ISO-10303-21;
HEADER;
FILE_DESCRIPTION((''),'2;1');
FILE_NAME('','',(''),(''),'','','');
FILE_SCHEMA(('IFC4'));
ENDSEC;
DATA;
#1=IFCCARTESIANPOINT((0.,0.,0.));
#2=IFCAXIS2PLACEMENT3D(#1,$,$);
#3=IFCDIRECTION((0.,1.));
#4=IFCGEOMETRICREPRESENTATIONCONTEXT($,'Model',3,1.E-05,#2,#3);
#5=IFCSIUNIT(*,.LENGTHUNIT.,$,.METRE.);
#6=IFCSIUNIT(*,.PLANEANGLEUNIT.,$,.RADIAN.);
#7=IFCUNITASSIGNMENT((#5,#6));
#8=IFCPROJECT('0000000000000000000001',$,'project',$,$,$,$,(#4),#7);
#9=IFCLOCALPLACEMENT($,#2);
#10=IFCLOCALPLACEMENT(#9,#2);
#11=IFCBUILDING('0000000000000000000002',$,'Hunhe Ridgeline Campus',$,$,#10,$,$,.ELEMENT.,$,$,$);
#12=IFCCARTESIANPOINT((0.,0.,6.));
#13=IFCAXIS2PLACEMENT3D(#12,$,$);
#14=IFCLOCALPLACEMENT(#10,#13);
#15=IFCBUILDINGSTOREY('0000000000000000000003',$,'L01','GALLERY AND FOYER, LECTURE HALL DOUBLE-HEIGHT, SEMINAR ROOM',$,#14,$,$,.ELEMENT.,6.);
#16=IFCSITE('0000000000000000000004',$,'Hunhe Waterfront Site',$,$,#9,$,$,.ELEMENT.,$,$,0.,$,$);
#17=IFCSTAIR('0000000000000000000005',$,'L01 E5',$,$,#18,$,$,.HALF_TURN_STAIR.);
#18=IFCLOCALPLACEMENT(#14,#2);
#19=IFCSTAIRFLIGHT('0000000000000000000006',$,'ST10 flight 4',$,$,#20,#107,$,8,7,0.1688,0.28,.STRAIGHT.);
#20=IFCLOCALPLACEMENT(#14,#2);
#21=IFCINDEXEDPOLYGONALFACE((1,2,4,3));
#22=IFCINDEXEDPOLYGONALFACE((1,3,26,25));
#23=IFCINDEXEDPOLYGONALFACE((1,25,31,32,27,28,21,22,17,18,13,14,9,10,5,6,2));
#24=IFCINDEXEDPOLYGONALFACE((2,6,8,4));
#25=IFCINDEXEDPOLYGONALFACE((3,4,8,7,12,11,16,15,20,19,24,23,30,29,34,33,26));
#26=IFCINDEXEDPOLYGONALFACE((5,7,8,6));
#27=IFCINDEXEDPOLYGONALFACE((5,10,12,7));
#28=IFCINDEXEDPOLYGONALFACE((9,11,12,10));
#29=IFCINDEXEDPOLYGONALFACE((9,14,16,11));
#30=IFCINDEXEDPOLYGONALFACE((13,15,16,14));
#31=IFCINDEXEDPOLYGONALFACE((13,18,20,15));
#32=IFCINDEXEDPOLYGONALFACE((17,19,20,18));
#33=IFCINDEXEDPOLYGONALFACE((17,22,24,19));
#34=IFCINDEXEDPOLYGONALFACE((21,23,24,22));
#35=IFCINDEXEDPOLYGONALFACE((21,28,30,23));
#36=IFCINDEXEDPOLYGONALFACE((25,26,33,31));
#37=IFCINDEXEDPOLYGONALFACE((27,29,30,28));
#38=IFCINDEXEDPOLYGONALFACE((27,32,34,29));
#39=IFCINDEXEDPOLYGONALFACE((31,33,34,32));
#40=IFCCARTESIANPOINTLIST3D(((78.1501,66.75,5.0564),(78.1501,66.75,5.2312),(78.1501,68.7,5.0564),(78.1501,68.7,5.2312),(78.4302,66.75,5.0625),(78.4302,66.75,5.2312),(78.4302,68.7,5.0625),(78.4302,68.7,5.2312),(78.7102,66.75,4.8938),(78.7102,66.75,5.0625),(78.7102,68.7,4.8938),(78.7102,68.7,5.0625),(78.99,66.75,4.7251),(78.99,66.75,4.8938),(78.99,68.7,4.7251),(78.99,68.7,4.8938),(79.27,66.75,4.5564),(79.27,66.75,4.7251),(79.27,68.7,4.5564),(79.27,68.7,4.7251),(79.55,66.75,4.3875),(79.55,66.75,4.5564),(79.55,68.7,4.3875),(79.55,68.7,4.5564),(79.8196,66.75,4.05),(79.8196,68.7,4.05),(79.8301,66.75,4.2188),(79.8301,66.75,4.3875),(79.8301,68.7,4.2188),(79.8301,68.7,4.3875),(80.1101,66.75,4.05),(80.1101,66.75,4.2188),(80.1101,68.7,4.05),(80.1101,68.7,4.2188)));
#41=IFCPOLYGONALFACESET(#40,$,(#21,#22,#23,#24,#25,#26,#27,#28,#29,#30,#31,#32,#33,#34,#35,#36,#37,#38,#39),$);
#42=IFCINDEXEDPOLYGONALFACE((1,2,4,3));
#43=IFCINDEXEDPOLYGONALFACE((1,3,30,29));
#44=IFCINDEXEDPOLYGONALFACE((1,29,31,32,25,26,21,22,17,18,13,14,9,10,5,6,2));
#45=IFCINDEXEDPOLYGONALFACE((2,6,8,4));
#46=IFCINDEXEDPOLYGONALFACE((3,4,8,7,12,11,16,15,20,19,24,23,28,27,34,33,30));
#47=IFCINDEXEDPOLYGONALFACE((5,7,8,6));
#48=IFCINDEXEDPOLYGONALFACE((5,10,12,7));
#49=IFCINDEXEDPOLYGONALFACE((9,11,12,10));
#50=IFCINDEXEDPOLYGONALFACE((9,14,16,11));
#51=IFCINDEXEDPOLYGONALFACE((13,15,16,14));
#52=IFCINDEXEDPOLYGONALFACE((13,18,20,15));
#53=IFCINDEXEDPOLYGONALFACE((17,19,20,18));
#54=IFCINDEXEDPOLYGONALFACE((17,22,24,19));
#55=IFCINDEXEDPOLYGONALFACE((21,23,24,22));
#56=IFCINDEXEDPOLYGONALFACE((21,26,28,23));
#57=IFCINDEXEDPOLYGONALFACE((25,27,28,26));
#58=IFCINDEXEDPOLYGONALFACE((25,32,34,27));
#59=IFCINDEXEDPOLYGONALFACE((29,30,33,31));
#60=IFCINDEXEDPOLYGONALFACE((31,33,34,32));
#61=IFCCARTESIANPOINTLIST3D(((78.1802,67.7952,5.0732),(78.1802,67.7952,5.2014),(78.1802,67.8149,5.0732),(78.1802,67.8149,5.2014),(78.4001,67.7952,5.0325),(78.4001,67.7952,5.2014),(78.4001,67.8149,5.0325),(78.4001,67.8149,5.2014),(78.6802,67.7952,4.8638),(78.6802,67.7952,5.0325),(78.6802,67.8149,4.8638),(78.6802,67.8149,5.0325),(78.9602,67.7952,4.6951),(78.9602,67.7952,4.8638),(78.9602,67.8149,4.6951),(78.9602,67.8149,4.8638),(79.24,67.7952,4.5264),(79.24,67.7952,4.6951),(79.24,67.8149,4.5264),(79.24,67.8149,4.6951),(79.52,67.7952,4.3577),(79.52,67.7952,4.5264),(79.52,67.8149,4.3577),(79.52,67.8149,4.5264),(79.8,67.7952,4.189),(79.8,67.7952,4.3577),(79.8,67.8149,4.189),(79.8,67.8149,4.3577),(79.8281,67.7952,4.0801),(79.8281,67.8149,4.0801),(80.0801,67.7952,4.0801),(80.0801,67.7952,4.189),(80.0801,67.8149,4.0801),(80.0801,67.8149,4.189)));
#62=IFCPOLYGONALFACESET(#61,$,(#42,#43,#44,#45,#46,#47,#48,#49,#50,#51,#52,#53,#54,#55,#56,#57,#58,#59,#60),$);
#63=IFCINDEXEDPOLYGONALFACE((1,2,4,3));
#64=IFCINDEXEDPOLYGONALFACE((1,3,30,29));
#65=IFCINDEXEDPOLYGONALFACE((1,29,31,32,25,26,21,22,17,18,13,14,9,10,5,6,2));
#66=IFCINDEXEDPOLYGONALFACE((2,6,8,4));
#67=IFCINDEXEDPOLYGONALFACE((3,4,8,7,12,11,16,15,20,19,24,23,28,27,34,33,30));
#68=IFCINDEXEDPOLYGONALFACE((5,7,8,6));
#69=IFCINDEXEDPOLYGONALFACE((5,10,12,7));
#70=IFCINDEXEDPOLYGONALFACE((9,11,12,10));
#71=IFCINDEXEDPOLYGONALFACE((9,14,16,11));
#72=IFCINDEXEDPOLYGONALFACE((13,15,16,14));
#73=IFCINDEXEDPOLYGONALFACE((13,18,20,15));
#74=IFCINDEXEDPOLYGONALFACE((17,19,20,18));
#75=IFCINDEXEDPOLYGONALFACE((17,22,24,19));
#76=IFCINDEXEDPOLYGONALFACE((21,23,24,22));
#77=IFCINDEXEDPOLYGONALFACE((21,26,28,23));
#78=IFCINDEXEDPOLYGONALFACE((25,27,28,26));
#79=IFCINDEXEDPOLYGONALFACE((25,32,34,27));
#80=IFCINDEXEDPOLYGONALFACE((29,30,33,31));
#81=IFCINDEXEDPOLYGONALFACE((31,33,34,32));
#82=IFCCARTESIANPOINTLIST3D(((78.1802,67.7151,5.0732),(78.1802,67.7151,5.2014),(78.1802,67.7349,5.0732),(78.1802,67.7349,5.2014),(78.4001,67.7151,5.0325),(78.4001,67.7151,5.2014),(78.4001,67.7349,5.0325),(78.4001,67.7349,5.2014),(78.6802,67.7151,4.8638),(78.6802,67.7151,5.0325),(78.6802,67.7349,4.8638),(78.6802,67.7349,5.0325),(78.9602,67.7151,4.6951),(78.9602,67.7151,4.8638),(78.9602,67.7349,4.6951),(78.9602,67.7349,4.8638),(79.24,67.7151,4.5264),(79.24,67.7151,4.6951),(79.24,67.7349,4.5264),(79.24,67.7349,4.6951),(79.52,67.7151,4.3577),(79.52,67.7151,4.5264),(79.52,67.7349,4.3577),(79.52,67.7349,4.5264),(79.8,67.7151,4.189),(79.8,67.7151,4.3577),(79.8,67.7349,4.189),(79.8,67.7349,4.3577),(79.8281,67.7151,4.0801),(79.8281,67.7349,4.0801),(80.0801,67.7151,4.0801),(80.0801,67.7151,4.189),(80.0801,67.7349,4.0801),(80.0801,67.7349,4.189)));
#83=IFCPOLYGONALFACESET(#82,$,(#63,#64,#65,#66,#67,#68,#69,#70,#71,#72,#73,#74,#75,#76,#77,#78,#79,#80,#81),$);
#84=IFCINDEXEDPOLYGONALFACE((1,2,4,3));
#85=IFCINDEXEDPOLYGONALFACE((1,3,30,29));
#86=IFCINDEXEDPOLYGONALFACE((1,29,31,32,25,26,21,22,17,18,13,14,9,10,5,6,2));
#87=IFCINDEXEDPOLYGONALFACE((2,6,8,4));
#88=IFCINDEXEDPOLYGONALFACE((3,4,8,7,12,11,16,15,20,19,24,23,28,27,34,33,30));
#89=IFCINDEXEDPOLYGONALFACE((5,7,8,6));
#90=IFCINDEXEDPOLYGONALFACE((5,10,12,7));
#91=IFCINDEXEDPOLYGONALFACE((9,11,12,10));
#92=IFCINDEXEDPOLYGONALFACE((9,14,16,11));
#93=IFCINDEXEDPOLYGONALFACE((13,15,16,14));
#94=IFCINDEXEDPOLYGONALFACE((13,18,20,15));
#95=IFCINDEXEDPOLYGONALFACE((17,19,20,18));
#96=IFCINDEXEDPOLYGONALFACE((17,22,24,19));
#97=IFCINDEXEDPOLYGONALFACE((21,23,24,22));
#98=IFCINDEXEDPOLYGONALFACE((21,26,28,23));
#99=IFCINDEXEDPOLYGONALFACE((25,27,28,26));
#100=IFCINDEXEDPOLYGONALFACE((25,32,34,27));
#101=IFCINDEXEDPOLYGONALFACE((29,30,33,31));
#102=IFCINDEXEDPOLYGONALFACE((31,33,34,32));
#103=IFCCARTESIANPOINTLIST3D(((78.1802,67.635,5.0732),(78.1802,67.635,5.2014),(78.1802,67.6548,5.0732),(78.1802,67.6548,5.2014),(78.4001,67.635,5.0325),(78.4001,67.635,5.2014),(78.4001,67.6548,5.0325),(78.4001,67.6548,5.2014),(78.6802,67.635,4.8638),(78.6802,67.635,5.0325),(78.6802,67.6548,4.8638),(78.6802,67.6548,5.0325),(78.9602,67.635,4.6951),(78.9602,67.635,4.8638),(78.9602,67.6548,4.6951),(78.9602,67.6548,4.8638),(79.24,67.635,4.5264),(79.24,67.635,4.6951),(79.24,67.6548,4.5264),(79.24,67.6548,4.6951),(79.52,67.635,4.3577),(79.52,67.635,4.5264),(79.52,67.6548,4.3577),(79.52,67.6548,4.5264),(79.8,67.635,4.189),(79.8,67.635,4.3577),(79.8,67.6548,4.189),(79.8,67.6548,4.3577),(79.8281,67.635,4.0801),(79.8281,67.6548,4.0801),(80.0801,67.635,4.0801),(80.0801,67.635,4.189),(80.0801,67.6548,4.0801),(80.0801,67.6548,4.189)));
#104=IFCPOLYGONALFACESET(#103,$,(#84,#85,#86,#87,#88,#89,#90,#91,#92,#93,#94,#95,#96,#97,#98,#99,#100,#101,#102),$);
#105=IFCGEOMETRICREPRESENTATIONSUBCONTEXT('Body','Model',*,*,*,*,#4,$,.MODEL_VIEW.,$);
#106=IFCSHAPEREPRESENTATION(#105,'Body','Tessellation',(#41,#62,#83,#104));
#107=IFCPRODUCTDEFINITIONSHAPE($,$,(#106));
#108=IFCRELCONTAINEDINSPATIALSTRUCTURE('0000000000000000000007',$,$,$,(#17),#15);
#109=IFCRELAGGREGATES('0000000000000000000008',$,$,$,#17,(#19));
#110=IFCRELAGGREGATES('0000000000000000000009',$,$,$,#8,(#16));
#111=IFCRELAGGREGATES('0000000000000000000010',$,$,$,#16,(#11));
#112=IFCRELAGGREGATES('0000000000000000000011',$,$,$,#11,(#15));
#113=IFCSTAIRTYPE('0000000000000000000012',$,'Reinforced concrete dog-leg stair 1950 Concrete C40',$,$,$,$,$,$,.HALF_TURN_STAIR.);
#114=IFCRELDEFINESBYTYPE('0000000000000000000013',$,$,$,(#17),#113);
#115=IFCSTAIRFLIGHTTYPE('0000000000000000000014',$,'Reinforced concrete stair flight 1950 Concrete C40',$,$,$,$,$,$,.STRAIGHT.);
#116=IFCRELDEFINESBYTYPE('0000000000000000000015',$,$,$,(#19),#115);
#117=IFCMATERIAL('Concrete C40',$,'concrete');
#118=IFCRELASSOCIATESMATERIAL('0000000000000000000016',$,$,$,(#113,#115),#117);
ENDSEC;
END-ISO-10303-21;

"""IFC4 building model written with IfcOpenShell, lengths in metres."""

from ifc_helpers import new_model, si_unit, direction, frame, origin, place, context, subcontext, project, spatial, polyline, outline, extrude, material, type_object, element, aggregate, save


model = new_model("IFC4")

# Units and contexts
model_context = context("Model", 3, precision=1e-05, world=origin(), true_north=direction((0.0, 1.0)))
body_context = subcontext(model_context, "Body", "Model", "MODEL_VIEW")
ifc_project = project(units=[si_unit("LENGTHUNIT", "METRE"), si_unit("PLANEANGLEUNIT", "RADIAN")], contexts=[model_context])

# Site, building, storey
site_placement = place(None, origin())
site = spatial("IfcSite", under=ifc_project, at=site_placement, Name="Hunhe Waterfront Site", CompositionType="ELEMENT", RefElevation=0.0)
building_placement = place(site_placement, origin())
building = spatial("IfcBuilding", under=site, at=building_placement, Name="Hunhe Ridgeline Campus", CompositionType="ELEMENT")
storey_placement = place(building_placement, frame((0.0, 0.0, 6.0)))
storey = spatial("IfcBuildingStorey", under=building, at=storey_placement, Name="L01", Description="GALLERY AND FOYER, LECTURE HALL DOUBLE-HEIGHT, SEMINAR ROOM", CompositionType="ELEMENT", Elevation=6.0)

# Shared definitions
ifc_material_1 = material(Name="Concrete C40", Category="concrete")

# Stair, stair flight
stair_type = type_object("IfcStairType", Name="Reinforced concrete dog-leg stair 1950 Concrete C40", PredefinedType="HALF_TURN_STAIR", material=ifc_material_1)
stair_placement = place(storey_placement, origin())
stair = element("IfcStair", 1, at=stair_placement, inside=storey, type_object=stair_type, Name="L01 E5", PredefinedType="HALF_TURN_STAIR")
stair_flight_type = type_object("IfcStairFlightType", Name="Reinforced concrete stair flight 1950 Concrete C40", PredefinedType="STRAIGHT", material=ifc_material_1)
stair_flight_1_placement = place(storey_placement, frame((80.1101, 67.7251, 4.05), z_axis=(0.0, 0.0, 1.0), x_axis=(-1.0, 0.0, 0.0)))
stair_flight_1 = element("IfcStairFlight", 2, at=stair_flight_1_placement, type_object=stair_flight_type, Name="ST10 flight 4", NumberOfRisers=8, NumberOfTreads=7, PredefinedType="STRAIGHT", RiserHeight=0.1688, TreadLength=0.28, context=body_context, shape_type="SweptSolid", body=[
    extrude(outline(polyline([(0.0, 0.0), (0.0, 0.1687), (0.28, 0.1687), (0.28, 0.3374), (0.5601, 0.3374), (0.5601, 0.5063), (0.8401, 0.5063), (0.8401, 0.675), (1.1201, 0.675), (1.1201, 0.8438), (1.3999, 0.8438), (1.3999, 1.0125), (1.6799, 1.0125), (1.6799, 1.1812), (1.96, 1.1812), (1.96, 1.3501), (1.96, 1.0063), (0.2905, 0.0), (0.0, 0.0)])), frame((0.0, 0.9751, 0.0), z_axis=(0.0, -1.0, 0.0), x_axis=(1.0, 0.0, 0.0)), (0.0, 0.0, 1.0), 1.95),
    extrude(outline(polyline([(0.03, 0.03), (0.03, 0.1389), (0.3101, 0.1389), (0.3101, 0.3076), (0.5901, 0.3076), (0.5901, 0.4763), (0.8701, 0.4763), (0.8701, 0.645), (1.1499, 0.645), (1.1499, 0.8137), (1.4299, 0.8137), (1.4299, 0.9824), (1.71, 0.9824), (1.71, 1.1514), (1.9299, 1.1514), (1.9299, 1.0232), (0.282, 0.03), (0.03, 0.03)])), frame((0.0, -0.0701, 0.0), z_axis=(0.0, -1.0, 0.0), x_axis=(1.0, 0.0, 0.0)), (0.0, 0.0, 1.0), 0.0198),
    extrude(outline(polyline([(0.03, 0.03), (0.03, 0.1389), (0.3101, 0.1389), (0.3101, 0.3076), (0.5901, 0.3076), (0.5901, 0.4763), (0.8701, 0.4763), (0.8701, 0.645), (1.1499, 0.645), (1.1499, 0.8137), (1.4299, 0.8137), (1.4299, 0.9824), (1.71, 0.9824), (1.71, 1.1514), (1.9299, 1.1514), (1.9299, 1.0232), (0.282, 0.03), (0.03, 0.03)])), frame((0.0, 0.01, 0.0), z_axis=(0.0, -1.0, 0.0), x_axis=(1.0, 0.0, 0.0)), (0.0, 0.0, 1.0), 0.0198),
    extrude(outline(polyline([(0.03, 0.03), (0.03, 0.1389), (0.3101, 0.1389), (0.3101, 0.3076), (0.5901, 0.3076), (0.5901, 0.4763), (0.8701, 0.4763), (0.8701, 0.645), (1.1499, 0.645), (1.1499, 0.8137), (1.4299, 0.8137), (1.4299, 0.9824), (1.71, 0.9824), (1.71, 1.1514), (1.9299, 1.1514), (1.9299, 1.0232), (0.282, 0.03), (0.03, 0.03)])), frame((0.0, 0.0901, 0.0), z_axis=(0.0, -1.0, 0.0), x_axis=(1.0, 0.0, 0.0)), (0.0, 0.0, 1.0), 0.0198),
])
aggregate(stair, [stair_flight_1])

save(model, "model.ifc")
